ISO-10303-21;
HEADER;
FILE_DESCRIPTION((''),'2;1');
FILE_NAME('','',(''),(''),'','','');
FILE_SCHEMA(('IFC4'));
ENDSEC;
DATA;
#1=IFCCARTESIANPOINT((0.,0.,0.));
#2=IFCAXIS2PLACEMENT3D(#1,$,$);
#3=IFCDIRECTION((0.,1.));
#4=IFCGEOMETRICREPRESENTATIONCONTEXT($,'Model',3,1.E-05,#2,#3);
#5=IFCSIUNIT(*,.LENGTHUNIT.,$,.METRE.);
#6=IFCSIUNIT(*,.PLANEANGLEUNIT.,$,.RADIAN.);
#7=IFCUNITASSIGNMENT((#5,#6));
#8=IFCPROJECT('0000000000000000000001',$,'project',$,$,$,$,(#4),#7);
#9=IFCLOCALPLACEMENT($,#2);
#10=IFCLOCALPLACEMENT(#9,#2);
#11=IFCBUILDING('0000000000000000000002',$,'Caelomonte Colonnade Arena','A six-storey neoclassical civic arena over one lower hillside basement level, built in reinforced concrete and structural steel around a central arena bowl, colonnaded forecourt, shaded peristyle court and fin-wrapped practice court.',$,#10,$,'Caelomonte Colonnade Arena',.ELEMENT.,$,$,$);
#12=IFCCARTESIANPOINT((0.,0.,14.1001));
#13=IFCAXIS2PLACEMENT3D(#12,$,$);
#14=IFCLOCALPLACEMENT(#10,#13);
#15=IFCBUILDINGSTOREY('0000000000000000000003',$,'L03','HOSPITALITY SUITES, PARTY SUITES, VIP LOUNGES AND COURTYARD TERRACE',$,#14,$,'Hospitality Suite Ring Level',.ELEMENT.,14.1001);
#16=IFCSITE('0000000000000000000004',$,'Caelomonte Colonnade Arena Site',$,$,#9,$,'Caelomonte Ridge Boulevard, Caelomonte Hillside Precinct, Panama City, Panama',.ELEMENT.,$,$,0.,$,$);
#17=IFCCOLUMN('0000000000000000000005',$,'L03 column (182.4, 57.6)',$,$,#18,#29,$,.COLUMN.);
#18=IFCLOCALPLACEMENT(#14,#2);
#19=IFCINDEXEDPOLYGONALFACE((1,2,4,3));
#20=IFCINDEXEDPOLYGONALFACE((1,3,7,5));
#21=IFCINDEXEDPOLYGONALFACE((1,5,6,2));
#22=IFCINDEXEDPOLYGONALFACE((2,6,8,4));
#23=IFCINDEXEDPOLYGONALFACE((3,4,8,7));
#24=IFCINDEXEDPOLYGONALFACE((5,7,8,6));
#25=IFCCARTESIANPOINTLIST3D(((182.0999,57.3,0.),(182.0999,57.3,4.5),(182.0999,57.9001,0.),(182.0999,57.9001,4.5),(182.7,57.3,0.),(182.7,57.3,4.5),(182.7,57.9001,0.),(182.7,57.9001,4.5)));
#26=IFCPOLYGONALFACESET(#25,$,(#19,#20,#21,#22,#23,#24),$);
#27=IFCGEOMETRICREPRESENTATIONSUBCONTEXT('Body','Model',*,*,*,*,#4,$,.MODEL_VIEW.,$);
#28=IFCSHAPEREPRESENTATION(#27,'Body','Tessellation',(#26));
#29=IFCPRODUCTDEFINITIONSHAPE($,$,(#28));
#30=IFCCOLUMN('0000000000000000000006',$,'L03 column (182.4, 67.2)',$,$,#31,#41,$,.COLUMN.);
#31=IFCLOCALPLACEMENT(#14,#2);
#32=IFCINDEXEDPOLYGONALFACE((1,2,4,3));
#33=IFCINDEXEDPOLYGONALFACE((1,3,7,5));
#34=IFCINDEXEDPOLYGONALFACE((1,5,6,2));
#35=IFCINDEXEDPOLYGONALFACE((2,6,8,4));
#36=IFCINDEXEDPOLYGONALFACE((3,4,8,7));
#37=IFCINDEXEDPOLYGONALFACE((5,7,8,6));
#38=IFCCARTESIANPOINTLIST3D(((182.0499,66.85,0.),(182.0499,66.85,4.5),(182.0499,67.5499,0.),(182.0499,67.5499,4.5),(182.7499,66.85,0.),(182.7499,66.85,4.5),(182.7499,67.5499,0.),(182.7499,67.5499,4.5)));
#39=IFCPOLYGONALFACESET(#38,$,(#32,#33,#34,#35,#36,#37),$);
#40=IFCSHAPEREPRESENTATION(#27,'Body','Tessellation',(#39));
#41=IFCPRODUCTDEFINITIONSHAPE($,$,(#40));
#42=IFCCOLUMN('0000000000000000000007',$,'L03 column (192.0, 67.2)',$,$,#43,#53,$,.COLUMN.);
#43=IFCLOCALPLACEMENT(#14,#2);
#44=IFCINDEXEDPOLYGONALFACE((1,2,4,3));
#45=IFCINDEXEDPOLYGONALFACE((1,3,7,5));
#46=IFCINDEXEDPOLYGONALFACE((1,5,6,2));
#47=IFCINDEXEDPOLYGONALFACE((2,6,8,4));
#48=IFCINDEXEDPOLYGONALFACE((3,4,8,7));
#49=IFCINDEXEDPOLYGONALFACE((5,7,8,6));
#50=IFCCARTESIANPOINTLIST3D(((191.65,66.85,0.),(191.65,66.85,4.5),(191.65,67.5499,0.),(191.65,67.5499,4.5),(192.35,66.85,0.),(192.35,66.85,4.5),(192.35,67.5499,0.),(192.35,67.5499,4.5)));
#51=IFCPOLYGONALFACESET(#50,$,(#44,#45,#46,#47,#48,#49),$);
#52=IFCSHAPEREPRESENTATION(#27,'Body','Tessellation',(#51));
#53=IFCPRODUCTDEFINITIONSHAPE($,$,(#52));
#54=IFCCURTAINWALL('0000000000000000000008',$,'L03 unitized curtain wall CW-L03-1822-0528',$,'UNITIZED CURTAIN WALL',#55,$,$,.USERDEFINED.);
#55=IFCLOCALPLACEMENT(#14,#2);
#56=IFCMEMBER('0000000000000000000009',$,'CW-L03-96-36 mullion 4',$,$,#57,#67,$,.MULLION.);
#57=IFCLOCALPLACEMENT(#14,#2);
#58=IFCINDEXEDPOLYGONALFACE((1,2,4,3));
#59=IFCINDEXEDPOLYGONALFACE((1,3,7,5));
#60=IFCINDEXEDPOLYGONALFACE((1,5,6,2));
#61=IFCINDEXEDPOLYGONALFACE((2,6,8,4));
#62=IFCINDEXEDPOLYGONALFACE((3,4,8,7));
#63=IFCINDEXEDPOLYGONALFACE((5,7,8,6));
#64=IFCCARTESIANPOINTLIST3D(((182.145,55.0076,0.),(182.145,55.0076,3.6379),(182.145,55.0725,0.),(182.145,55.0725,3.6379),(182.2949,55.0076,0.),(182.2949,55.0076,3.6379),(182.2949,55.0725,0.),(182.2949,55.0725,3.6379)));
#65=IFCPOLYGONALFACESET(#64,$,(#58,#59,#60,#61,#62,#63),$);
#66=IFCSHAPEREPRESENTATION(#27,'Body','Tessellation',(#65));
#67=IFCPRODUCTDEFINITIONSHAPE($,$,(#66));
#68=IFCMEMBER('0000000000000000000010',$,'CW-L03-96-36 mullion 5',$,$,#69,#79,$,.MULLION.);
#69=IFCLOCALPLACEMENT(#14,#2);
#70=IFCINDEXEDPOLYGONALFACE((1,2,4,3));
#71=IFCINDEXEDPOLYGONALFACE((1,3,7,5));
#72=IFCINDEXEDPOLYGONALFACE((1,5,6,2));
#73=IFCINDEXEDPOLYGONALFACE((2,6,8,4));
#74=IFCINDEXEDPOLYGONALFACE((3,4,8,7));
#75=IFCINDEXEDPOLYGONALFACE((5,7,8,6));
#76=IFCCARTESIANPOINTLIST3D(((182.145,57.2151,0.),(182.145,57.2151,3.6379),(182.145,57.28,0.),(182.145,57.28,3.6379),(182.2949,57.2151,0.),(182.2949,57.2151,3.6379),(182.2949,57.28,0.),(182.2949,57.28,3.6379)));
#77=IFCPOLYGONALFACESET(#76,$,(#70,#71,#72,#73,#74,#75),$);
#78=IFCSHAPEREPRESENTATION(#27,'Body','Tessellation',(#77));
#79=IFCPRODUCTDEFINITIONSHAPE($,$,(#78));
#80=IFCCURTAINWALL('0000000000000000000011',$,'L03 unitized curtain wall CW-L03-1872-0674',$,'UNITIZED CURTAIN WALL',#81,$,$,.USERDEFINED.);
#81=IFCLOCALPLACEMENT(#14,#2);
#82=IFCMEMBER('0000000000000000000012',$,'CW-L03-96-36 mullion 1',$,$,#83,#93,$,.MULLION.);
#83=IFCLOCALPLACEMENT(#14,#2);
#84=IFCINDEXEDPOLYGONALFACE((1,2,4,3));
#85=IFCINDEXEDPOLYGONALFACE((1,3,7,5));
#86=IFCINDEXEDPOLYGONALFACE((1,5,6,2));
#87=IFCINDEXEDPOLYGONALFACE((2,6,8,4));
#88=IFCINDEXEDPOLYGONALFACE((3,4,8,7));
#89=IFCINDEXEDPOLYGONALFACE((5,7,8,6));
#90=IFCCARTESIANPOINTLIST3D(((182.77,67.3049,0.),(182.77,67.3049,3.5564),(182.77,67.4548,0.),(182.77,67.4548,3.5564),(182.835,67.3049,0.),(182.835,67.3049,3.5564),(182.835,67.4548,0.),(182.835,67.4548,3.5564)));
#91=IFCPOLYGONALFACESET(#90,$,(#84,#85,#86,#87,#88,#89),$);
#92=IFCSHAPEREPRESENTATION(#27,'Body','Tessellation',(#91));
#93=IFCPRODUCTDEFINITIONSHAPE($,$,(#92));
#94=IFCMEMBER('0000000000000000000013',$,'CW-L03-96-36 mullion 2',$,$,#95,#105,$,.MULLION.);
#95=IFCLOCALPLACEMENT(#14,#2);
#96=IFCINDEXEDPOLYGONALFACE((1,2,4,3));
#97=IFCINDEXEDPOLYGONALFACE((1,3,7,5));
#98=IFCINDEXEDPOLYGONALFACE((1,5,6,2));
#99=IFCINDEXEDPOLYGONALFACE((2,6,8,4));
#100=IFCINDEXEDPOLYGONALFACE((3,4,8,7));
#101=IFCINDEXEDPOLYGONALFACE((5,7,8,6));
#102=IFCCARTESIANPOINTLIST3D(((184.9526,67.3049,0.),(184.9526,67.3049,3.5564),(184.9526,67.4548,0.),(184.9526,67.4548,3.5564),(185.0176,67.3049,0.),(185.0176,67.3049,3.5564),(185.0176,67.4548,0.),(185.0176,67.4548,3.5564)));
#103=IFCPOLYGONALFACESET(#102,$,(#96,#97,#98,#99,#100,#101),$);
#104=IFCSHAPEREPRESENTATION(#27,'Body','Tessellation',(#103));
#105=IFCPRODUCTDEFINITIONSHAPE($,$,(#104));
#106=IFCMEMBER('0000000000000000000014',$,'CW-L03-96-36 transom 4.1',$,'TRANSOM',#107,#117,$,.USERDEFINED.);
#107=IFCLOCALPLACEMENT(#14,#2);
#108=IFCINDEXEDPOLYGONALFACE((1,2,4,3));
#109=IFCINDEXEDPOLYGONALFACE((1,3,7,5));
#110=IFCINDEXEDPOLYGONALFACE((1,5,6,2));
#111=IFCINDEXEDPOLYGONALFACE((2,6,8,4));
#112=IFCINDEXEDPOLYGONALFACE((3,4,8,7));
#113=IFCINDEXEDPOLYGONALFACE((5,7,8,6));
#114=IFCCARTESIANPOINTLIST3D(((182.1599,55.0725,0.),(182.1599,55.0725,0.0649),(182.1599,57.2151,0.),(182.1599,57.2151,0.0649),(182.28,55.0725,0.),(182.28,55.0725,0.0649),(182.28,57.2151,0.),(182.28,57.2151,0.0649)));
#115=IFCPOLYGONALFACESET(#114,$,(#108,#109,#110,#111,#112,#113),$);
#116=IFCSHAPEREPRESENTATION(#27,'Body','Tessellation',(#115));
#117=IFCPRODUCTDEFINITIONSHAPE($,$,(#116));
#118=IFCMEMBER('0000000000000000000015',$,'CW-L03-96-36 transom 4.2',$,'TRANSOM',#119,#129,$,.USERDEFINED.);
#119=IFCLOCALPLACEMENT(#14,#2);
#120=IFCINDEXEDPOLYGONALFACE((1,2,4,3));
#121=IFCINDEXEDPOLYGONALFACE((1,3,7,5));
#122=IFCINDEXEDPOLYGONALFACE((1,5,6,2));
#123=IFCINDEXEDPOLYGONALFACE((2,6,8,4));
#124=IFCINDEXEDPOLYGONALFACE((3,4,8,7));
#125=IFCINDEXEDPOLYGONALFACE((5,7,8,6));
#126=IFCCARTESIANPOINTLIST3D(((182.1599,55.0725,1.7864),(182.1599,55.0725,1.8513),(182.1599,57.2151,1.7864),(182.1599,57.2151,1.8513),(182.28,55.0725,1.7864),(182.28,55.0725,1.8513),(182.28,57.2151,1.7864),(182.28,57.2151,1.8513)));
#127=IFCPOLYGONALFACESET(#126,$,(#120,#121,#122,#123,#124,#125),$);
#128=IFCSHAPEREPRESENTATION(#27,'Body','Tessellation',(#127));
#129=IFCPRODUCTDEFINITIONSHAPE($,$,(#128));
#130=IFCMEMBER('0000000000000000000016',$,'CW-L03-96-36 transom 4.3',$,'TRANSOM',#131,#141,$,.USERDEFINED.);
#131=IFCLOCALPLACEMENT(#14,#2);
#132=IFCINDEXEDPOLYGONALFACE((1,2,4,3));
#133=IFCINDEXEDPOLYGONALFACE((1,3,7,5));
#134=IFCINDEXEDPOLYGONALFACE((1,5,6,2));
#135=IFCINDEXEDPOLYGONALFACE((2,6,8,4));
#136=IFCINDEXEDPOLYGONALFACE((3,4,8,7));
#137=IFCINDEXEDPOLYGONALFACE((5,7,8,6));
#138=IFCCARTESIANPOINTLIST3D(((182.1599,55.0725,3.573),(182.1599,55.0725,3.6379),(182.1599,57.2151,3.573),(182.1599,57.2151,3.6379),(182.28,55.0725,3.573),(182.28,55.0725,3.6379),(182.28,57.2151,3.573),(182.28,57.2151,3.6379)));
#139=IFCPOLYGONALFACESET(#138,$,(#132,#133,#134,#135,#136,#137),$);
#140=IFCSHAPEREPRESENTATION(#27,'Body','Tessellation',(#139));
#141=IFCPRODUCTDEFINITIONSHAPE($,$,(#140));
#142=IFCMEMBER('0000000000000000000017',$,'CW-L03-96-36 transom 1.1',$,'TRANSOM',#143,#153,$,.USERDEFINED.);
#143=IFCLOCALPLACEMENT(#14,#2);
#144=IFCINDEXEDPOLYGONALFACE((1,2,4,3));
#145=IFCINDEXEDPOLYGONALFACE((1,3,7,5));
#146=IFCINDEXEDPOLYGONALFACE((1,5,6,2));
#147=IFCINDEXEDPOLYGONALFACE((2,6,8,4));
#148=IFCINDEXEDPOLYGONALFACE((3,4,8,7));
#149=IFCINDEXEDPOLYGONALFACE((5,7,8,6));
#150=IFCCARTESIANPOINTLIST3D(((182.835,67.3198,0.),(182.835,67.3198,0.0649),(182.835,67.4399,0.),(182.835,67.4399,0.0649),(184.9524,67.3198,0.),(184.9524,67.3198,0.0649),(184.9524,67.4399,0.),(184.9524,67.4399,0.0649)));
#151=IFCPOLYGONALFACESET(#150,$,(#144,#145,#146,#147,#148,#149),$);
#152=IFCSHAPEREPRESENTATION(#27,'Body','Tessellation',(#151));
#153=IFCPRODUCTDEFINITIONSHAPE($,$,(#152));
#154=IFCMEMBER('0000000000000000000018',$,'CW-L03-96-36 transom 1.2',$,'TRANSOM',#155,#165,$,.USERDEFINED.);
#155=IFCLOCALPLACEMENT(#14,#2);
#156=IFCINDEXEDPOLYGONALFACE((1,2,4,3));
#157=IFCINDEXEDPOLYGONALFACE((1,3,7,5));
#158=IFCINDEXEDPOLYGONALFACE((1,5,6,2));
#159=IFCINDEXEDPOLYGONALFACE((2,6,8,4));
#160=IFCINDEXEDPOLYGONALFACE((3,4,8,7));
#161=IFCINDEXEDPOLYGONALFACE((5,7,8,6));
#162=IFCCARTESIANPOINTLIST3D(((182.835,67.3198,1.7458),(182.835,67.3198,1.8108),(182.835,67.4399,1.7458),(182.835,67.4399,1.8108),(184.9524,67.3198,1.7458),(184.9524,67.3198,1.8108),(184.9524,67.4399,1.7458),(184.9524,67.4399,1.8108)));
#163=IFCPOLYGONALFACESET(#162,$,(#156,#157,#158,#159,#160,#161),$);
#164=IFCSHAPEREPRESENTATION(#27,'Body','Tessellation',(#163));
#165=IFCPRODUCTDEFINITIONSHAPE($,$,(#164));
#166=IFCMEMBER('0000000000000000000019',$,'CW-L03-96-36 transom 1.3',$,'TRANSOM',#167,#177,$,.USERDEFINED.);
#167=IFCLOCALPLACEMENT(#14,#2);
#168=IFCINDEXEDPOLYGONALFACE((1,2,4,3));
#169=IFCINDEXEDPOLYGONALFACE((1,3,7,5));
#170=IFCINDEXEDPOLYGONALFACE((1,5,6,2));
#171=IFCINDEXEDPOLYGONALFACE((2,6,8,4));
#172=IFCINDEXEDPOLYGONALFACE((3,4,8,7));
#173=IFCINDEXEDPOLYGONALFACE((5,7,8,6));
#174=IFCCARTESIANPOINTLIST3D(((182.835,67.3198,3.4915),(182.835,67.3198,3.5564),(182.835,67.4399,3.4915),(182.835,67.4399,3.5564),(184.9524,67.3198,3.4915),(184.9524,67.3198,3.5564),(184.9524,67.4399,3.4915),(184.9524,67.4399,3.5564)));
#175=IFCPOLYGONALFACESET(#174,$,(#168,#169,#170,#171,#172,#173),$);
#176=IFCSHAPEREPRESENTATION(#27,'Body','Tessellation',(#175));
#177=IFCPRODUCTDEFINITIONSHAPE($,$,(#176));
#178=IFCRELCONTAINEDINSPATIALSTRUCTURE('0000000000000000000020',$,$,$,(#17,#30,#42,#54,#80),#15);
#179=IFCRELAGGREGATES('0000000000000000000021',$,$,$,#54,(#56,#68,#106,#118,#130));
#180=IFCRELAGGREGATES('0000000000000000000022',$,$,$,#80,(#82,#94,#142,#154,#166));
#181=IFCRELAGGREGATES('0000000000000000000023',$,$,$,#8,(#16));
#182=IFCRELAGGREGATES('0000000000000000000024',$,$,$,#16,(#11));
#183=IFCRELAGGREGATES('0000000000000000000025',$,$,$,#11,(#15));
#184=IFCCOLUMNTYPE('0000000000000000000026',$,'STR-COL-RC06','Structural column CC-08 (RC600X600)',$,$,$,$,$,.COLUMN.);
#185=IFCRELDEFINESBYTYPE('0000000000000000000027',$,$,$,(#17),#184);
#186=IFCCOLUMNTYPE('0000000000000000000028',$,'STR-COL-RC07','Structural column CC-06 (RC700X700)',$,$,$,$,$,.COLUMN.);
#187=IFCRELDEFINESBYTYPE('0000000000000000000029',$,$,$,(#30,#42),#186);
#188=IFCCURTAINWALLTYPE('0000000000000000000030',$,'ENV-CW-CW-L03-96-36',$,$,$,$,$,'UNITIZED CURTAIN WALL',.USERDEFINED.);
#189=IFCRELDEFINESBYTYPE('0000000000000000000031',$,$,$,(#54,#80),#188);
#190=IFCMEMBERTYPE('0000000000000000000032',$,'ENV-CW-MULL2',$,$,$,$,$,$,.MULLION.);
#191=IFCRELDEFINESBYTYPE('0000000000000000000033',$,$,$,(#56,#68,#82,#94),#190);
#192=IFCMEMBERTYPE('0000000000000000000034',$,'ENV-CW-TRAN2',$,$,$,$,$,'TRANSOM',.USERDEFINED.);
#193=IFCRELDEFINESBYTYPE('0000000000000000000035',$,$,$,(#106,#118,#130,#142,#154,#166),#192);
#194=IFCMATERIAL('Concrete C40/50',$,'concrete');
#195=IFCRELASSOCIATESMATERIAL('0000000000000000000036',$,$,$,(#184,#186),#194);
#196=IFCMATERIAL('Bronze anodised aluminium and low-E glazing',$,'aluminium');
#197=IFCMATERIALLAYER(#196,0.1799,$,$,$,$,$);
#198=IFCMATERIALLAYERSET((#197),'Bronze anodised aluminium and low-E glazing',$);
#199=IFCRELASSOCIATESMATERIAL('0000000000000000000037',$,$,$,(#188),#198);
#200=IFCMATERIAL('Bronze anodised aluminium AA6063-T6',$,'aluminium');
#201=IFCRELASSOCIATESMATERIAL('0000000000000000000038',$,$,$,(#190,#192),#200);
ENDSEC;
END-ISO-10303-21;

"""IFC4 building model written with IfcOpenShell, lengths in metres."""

from ifc_helpers import new_model, si_unit, direction, frame, origin, origin_2d, place, context, subcontext, project, spatial, rectangle, extrude, material, layer, layer_set, material_profile, profile_set, type_object, element, aggregate, save


model = new_model("IFC4")

# Units and contexts
model_context = context("Model", 3, precision=1e-05, world=origin(), true_north=direction((0.0, 1.0)))
body_context = subcontext(model_context, "Body", "Model", "MODEL_VIEW")
ifc_project = project(units=[si_unit("LENGTHUNIT", "METRE"), si_unit("PLANEANGLEUNIT", "RADIAN")], contexts=[model_context])

# Site, building, storey
site_placement = place(None, origin())
site = spatial("IfcSite", under=ifc_project, at=site_placement, Name="Caelomonte Colonnade Arena Site", LongName="Caelomonte Ridge Boulevard, Caelomonte Hillside Precinct, Panama City, Panama", CompositionType="ELEMENT", RefElevation=0.0)
building_placement = place(site_placement, origin())
building = spatial("IfcBuilding", under=site, at=building_placement, Name="Caelomonte Colonnade Arena", Description="A six-storey neoclassical civic arena over one lower hillside basement level, built in reinforced concrete and structural steel around a central arena bowl, colonnaded forecourt, shaded peristyle court and fin-wrapped practice court.", LongName="Caelomonte Colonnade Arena", CompositionType="ELEMENT")
storey_placement = place(building_placement, frame((0.0, 0.0, 14.1001)))
storey = spatial("IfcBuildingStorey", under=building, at=storey_placement, Name="L03", Description="HOSPITALITY SUITES, PARTY SUITES, VIP LOUNGES AND COURTYARD TERRACE", LongName="Hospitality Suite Ring Level", CompositionType="ELEMENT", Elevation=14.1001)

# Columns
ifc_material_1 = material(Name="Concrete C40/50", Category="concrete")
ifc_material_profile_1 = material_profile(ifc_material_1, rectangle(XDim=0.6001, YDim=0.6001, at=origin_2d()), Name="RC600X600")
ifc_profile_set_1 = profile_set([ifc_material_profile_1], Name="Concrete C40/50")
column_type_1 = type_object("IfcColumnType", Name="STR-COL-RC06", Description="Structural column CC-08 (RC600X600)", PredefinedType="COLUMN", material=ifc_profile_set_1)
column_placement = place(storey_placement, frame((182.3999, 57.6001, 0.0), z_axis=(0.0, 0.0, 1.0), x_axis=(1.0, 0.0, 0.0)))
element("IfcColumn", 1, at=column_placement, inside=storey, type_object=column_type_1, Name="L03 column (182.4, 57.6)", PredefinedType="COLUMN", context=body_context, shape_type="SweptSolid", body=[
    extrude(rectangle(XDim=0.6001, YDim=0.6001, at=origin_2d()), origin(), (0.0, 0.0, 1.0), 4.5),
])
ifc_material_profile_2 = material_profile(ifc_material_1, rectangle(XDim=0.7, YDim=0.7, at=origin_2d()), Name="RC700X700")
ifc_profile_set_2 = profile_set([ifc_material_profile_2], Name="Concrete C40/50")
column_type_2 = type_object("IfcColumnType", Name="STR-COL-RC07", Description="Structural column CC-06 (RC700X700)", PredefinedType="COLUMN", material=ifc_profile_set_2)
for number, where, z_axis, x_axis, name in (
    (2, (182.3999, 67.2, 0.0), (0.0, 0.0, 1.0), (1.0, 0.0, 0.0), "L03 column (182.4, 67.2)"),
    (3, (192.0, 67.2, 0.0), (0.0, 0.0, 1.0), (1.0, 0.0, 0.0), "L03 column (192.0, 67.2)"),
):
    element("IfcColumn", number, at=place(storey_placement, frame(where, z_axis=z_axis, x_axis=x_axis)), inside=storey, type_object=column_type_2, Name=name, PredefinedType="COLUMN", context=body_context, shape_type="SweptSolid", body=[
        extrude(rectangle(XDim=0.7, YDim=0.7, at=origin_2d()), origin(), (0.0, 0.0, 1.0), 4.5),
    ])

# Curtain walls, members
ifc_material_2 = material(Name="Bronze anodised aluminium and low-E glazing", Category="aluminium")
ifc_layer_1 = layer(ifc_material_2, 0.1799)
ifc_layer_set_1 = layer_set([ifc_layer_1], Name="Bronze anodised aluminium and low-E glazing")
curtain_wall_type = type_object("IfcCurtainWallType", Name="ENV-CW-CW-L03-96-36", ElementType="UNITIZED CURTAIN WALL", PredefinedType="USERDEFINED", material=ifc_layer_set_1)
curtain_wall_1_placement = place(storey_placement, origin())
curtain_wall_1 = element("IfcCurtainWall", 4, at=curtain_wall_1_placement, inside=storey, type_object=curtain_wall_type, Name="L03 unitized curtain wall CW-L03-1822-0528", ObjectType="UNITIZED CURTAIN WALL", PredefinedType="USERDEFINED")
ifc_material_3 = material(Name="Bronze anodised aluminium AA6063-T6", Category="aluminium")
ifc_material_profile_3 = material_profile(ifc_material_3, rectangle(XDim=0.0649, YDim=0.1499, at=origin_2d()), Name="CWM-65X150")
ifc_profile_set_3 = profile_set([ifc_material_profile_3], Name="Bronze anodised aluminium AA6063-T6")
member_type_1 = type_object("IfcMemberType", Name="ENV-CW-MULL2", PredefinedType="MULLION", material=ifc_profile_set_3)
member_1_placement = place(storey_placement, frame((182.22, 55.04, 0.0), z_axis=(0.0, 0.0, 1.0), x_axis=(0.0, 1.0, 0.0)))
member_1 = element("IfcMember", 5, at=member_1_placement, type_object=member_type_1, Name="CW-L03-96-36 mullion 4", PredefinedType="MULLION", context=body_context, shape_type="SweptSolid", body=[
    extrude(rectangle(XDim=0.0649, YDim=0.1499, at=origin_2d()), origin(), (0.0, 0.0, 1.0), 3.6379),
])
member_2_placement = place(storey_placement, frame((182.22, 57.2476, 0.0), z_axis=(0.0, 0.0, 1.0), x_axis=(0.0, 1.0, 0.0)))
member_2 = element("IfcMember", 6, at=member_2_placement, type_object=member_type_1, Name="CW-L03-96-36 mullion 5", PredefinedType="MULLION", context=body_context, shape_type="SweptSolid", body=[
    extrude(rectangle(XDim=0.0649, YDim=0.1499, at=origin_2d()), origin(), (0.0, 0.0, 1.0), 3.6379),
])
curtain_wall_2_placement = place(storey_placement, origin())
curtain_wall_2 = element("IfcCurtainWall", 7, at=curtain_wall_2_placement, inside=storey, type_object=curtain_wall_type, Name="L03 unitized curtain wall CW-L03-1872-0674", ObjectType="UNITIZED CURTAIN WALL", PredefinedType="USERDEFINED")
member_3_placement = place(storey_placement, frame((182.8025, 67.3799, 0.0), z_axis=(0.0, 0.0, 1.0), x_axis=(1.0, 0.0, 0.0)))
member_3 = element("IfcMember", 8, at=member_3_placement, type_object=member_type_1, Name="CW-L03-96-36 mullion 1", PredefinedType="MULLION", context=body_context, shape_type="SweptSolid", body=[
    extrude(rectangle(XDim=0.0649, YDim=0.1499, at=origin_2d()), origin(), (0.0, 0.0, 1.0), 3.5564),
])
member_4_placement = place(storey_placement, frame((184.9851, 67.3799, 0.0), z_axis=(0.0, 0.0, 1.0), x_axis=(1.0, 0.0, 0.0)))
member_4 = element("IfcMember", 9, at=member_4_placement, type_object=member_type_1, Name="CW-L03-96-36 mullion 2", PredefinedType="MULLION", context=body_context, shape_type="SweptSolid", body=[
    extrude(rectangle(XDim=0.0649, YDim=0.1499, at=origin_2d()), origin(), (0.0, 0.0, 1.0), 3.5564),
])

# Members
ifc_material_profile_4 = material_profile(ifc_material_3, rectangle(XDim=0.0649, YDim=0.1201, at=origin_2d()), Name="CWT-65X120")
ifc_profile_set_4 = profile_set([ifc_material_profile_4], Name="Bronze anodised aluminium AA6063-T6")
member_type_2 = type_object("IfcMemberType", Name="ENV-CW-TRAN2", ElementType="TRANSOM", PredefinedType="USERDEFINED", material=ifc_profile_set_4)
member_5_placement = place(storey_placement, frame((182.22, 55.0725, 0.0325), z_axis=(0.0, 1.0, 0.0), x_axis=(0.0, 0.0, 1.0)))
member_5 = element("IfcMember", 10, at=member_5_placement, type_object=member_type_2, Name="CW-L03-96-36 transom 4.1", ObjectType="TRANSOM", PredefinedType="USERDEFINED", context=body_context, shape_type="SweptSolid", body=[
    extrude(rectangle(XDim=0.0649, YDim=0.1201, at=origin_2d()), origin(), (0.0, 0.0, 1.0), 2.1426),
])
member_6_placement = place(storey_placement, frame((182.22, 55.0725, 1.8188), z_axis=(0.0, 1.0, 0.0), x_axis=(0.0, 0.0, 1.0)))
member_6 = element("IfcMember", 11, at=member_6_placement, type_object=member_type_2, Name="CW-L03-96-36 transom 4.2", ObjectType="TRANSOM", PredefinedType="USERDEFINED", context=body_context, shape_type="SweptSolid", body=[
    extrude(rectangle(XDim=0.0649, YDim=0.1201, at=origin_2d()), origin(), (0.0, 0.0, 1.0), 2.1426),
])
member_7_placement = place(storey_placement, frame((182.22, 55.0725, 3.6055), z_axis=(0.0, 1.0, 0.0), x_axis=(0.0, 0.0, 1.0)))
member_7 = element("IfcMember", 12, at=member_7_placement, type_object=member_type_2, Name="CW-L03-96-36 transom 4.3", ObjectType="TRANSOM", PredefinedType="USERDEFINED", context=body_context, shape_type="SweptSolid", body=[
    extrude(rectangle(XDim=0.0649, YDim=0.1201, at=origin_2d()), origin(), (0.0, 0.0, 1.0), 2.1426),
])
member_8_placement = place(storey_placement, frame((182.835, 67.3799, 0.0325), z_axis=(1.0, 0.0, 0.0), x_axis=(0.0, 0.0, 1.0)))
member_8 = element("IfcMember", 13, at=member_8_placement, type_object=member_type_2, Name="CW-L03-96-36 transom 1.1", ObjectType="TRANSOM", PredefinedType="USERDEFINED", context=body_context, shape_type="SweptSolid", body=[
    extrude(rectangle(XDim=0.0649, YDim=0.1201, at=origin_2d()), origin(), (0.0, 0.0, 1.0), 2.1174),
])
member_9_placement = place(storey_placement, frame((182.835, 67.3799, 1.7783), z_axis=(1.0, 0.0, 0.0), x_axis=(0.0, 0.0, 1.0)))
member_9 = element("IfcMember", 14, at=member_9_placement, type_object=member_type_2, Name="CW-L03-96-36 transom 1.2", ObjectType="TRANSOM", PredefinedType="USERDEFINED", context=body_context, shape_type="SweptSolid", body=[
    extrude(rectangle(XDim=0.0649, YDim=0.1201, at=origin_2d()), origin(), (0.0, 0.0, 1.0), 2.1174),
])
member_10_placement = place(storey_placement, frame((182.835, 67.3799, 3.5239), z_axis=(1.0, 0.0, 0.0), x_axis=(0.0, 0.0, 1.0)))
member_10 = element("IfcMember", 15, at=member_10_placement, type_object=member_type_2, Name="CW-L03-96-36 transom 1.3", ObjectType="TRANSOM", PredefinedType="USERDEFINED", context=body_context, shape_type="SweptSolid", body=[
    extrude(rectangle(XDim=0.0649, YDim=0.1201, at=origin_2d()), origin(), (0.0, 0.0, 1.0), 2.1174),
])

aggregate(curtain_wall_1, [member_1, member_2, member_5, member_6, member_7])
aggregate(curtain_wall_2, [member_3, member_4, member_8, member_9, member_10])

save(model, "model.ifc")
